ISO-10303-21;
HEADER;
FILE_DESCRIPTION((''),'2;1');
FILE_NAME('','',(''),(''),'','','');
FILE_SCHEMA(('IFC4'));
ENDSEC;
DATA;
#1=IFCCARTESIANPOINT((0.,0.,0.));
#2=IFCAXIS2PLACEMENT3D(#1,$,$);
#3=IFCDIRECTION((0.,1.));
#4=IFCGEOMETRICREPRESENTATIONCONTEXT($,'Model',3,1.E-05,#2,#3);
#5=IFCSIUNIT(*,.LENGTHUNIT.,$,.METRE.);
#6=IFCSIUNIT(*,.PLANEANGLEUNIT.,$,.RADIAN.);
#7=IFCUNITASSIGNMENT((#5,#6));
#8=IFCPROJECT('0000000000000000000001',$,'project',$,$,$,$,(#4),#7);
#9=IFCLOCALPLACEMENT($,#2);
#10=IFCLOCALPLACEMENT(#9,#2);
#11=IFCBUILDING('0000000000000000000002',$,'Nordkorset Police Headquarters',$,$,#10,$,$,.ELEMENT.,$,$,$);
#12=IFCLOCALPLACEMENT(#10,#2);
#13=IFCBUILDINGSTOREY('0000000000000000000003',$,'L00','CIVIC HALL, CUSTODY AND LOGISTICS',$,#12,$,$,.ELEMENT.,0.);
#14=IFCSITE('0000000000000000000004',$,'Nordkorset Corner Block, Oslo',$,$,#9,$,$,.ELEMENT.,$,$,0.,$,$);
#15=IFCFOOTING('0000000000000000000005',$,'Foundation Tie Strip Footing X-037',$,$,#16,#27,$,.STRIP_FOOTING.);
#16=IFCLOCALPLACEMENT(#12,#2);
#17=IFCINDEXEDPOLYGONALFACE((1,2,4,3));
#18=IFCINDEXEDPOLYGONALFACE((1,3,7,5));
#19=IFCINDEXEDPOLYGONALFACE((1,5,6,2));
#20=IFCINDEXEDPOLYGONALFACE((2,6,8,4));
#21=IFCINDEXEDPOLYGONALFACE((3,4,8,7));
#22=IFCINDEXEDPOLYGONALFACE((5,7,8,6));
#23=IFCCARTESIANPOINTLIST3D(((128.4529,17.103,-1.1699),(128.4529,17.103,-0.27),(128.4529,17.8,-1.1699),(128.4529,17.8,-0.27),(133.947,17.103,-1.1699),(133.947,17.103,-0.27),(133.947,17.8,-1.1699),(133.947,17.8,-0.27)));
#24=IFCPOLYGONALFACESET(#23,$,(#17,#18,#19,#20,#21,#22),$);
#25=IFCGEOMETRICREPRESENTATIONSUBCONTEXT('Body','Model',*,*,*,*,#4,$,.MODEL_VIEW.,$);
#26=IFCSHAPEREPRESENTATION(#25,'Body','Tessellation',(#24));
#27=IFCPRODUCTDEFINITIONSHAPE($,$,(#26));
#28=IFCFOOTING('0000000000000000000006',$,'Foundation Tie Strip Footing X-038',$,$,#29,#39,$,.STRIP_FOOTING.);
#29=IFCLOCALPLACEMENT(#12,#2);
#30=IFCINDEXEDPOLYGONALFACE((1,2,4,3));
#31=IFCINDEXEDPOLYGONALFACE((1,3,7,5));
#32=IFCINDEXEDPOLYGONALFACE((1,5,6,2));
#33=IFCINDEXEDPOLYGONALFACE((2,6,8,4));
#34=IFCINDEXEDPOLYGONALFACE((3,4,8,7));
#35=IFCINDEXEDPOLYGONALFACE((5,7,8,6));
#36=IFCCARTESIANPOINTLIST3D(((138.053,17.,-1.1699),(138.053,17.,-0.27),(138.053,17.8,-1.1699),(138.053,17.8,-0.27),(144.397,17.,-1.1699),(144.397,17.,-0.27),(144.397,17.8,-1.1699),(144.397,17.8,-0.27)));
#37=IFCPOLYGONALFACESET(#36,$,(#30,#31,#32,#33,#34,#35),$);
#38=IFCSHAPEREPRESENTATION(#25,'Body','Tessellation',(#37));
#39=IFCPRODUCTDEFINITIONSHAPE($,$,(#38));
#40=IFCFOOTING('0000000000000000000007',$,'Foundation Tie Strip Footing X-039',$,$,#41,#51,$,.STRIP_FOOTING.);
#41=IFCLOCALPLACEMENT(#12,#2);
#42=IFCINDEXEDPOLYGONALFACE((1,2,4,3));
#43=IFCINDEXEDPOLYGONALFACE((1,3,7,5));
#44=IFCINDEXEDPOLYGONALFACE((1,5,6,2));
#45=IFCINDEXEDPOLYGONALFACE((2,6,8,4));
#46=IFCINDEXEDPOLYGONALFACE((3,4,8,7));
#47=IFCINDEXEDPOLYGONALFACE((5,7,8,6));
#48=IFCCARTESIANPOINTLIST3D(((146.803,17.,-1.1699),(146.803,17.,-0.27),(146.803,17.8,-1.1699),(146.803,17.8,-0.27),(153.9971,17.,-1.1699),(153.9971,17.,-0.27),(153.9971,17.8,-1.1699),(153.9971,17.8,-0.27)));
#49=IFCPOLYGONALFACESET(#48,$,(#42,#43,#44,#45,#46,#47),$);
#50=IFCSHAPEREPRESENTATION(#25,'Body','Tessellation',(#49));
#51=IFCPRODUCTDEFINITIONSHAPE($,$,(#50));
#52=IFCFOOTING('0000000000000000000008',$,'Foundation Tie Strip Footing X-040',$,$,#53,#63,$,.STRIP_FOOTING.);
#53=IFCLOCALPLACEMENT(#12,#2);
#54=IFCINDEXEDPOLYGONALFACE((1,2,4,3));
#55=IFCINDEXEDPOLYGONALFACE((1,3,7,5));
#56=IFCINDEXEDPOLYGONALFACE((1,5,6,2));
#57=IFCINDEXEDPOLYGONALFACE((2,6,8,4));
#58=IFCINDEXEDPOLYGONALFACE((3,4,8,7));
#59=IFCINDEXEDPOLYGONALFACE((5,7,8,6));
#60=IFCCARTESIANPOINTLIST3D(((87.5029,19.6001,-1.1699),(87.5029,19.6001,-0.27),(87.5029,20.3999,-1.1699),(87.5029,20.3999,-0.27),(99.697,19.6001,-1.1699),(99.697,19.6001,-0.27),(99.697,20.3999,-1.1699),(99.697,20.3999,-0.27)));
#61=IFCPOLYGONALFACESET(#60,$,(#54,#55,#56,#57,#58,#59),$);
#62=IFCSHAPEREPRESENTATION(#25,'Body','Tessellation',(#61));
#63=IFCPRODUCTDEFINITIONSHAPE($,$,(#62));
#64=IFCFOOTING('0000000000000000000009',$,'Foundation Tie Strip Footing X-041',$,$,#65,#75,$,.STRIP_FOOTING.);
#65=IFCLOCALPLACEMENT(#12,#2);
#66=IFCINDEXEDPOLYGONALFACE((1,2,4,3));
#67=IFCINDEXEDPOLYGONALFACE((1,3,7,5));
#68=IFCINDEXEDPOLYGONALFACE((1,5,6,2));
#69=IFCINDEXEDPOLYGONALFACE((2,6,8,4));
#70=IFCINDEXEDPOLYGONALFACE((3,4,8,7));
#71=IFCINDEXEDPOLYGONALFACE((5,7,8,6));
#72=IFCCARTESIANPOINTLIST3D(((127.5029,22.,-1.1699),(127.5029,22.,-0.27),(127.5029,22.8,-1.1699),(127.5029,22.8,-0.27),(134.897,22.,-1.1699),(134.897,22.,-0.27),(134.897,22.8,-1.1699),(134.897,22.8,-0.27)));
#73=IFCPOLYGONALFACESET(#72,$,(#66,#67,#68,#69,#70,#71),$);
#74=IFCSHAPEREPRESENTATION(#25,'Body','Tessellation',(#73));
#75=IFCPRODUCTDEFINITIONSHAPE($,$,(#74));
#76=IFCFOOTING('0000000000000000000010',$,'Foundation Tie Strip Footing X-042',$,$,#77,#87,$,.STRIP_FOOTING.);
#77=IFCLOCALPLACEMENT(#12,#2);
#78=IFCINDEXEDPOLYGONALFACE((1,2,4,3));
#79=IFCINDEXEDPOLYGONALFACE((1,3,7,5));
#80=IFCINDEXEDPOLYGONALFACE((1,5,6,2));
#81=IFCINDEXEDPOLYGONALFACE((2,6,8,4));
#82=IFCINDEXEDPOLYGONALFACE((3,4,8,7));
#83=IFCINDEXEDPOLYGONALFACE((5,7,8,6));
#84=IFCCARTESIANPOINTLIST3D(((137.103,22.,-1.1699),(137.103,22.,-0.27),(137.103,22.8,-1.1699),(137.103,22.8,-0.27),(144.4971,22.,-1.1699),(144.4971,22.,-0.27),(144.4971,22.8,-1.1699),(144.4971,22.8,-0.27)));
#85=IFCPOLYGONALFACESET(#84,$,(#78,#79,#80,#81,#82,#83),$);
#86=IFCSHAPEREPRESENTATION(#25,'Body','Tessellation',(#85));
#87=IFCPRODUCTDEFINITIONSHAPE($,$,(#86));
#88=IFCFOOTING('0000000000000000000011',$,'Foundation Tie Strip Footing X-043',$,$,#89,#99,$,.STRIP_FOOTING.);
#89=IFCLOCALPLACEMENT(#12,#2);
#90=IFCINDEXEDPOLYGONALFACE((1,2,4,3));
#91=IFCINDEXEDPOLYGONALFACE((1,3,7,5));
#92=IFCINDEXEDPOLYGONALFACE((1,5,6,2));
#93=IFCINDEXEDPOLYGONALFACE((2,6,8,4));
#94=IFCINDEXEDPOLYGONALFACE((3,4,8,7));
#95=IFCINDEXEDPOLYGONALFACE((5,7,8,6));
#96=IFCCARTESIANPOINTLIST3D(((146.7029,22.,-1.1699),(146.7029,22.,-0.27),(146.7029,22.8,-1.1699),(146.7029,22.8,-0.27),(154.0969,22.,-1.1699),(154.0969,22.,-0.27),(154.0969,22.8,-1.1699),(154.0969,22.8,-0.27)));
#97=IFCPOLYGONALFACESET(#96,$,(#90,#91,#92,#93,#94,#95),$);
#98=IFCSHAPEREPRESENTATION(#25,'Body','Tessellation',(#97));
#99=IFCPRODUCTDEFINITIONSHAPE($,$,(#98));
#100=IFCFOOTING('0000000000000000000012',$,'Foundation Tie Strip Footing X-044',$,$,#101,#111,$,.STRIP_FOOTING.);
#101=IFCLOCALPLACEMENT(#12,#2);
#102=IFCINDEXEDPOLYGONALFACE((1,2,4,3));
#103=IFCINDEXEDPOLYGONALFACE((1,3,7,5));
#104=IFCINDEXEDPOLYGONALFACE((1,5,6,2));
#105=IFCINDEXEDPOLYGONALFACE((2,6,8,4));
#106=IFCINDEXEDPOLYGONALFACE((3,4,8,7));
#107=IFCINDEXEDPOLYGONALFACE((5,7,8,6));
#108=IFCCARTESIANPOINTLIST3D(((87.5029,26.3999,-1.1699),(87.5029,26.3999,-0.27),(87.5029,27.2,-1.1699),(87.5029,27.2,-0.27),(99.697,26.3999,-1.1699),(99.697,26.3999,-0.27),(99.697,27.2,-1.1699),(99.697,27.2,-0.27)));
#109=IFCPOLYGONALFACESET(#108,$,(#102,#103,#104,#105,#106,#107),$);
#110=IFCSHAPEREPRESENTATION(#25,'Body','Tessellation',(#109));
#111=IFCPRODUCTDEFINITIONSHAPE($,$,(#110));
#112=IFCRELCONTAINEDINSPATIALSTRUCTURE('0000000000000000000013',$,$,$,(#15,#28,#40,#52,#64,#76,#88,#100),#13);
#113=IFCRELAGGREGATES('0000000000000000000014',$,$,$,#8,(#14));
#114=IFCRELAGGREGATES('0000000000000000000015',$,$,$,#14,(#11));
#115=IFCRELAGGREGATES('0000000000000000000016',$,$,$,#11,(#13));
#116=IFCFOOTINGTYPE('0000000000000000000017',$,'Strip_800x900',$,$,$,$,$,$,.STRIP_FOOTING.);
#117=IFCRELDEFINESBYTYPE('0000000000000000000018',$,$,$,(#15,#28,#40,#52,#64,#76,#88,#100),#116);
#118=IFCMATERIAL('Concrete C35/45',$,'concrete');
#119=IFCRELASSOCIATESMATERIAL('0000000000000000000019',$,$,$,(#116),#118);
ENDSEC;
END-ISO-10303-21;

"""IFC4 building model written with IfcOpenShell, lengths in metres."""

from ifc_helpers import new_model, si_unit, direction, frame, origin, place, context, subcontext, project, spatial, polyline, outline, extrude, material, type_object, element, save


model = new_model("IFC4")

# Units and contexts
model_context = context("Model", 3, precision=1e-05, world=origin(), true_north=direction((0.0, 1.0)))
body_context = subcontext(model_context, "Body", "Model", "MODEL_VIEW")
ifc_project = project(units=[si_unit("LENGTHUNIT", "METRE"), si_unit("PLANEANGLEUNIT", "RADIAN")], contexts=[model_context])

# Site, building, storey
site_placement = place(None, origin())
site = spatial("IfcSite", under=ifc_project, at=site_placement, Name="Nordkorset Corner Block, Oslo", CompositionType="ELEMENT", RefElevation=0.0)
building_placement = place(site_placement, origin())
building = spatial("IfcBuilding", under=site, at=building_placement, Name="Nordkorset Police Headquarters", CompositionType="ELEMENT")
storey_placement = place(building_placement, origin())
storey = spatial("IfcBuildingStorey", under=building, at=storey_placement, Name="L00", Description="CIVIC HALL, CUSTODY AND LOGISTICS", CompositionType="ELEMENT", Elevation=0.0)

# Footings
ifc_material = material(Name="Concrete C35/45", Category="concrete")
footing_type = type_object("IfcFootingType", Name="Strip_800x900", PredefinedType="STRIP_FOOTING", material=ifc_material)
footing_1_placement = place(storey_placement, frame((0.0, 0.0, -1.1699)))
element("IfcFooting", 1, at=footing_1_placement, inside=storey, type_object=footing_type, Name="Foundation Tie Strip Footing X-037", PredefinedType="STRIP_FOOTING", context=body_context, shape_type="SweptSolid", body=[
    extrude(outline(polyline([(128.4529, 17.103), (133.947, 17.103), (133.947, 17.8), (128.4529, 17.8), (128.4529, 17.103)])), origin(), (0.0, 0.0, 1.0), 0.8999),
])
footing_2_placement = place(storey_placement, frame((0.0, 0.0, -1.1699)))
element("IfcFooting", 2, at=footing_2_placement, inside=storey, type_object=footing_type, Name="Foundation Tie Strip Footing X-038", PredefinedType="STRIP_FOOTING", context=body_context, shape_type="SweptSolid", body=[
    extrude(outline(polyline([(138.053, 17.0), (144.397, 17.0), (144.397, 17.8), (138.053, 17.8), (138.053, 17.0)])), origin(), (0.0, 0.0, 1.0), 0.8999),
])
footing_3_placement = place(storey_placement, frame((0.0, 0.0, -1.1699)))
element("IfcFooting", 3, at=footing_3_placement, inside=storey, type_object=footing_type, Name="Foundation Tie Strip Footing X-039", PredefinedType="STRIP_FOOTING", context=body_context, shape_type="SweptSolid", body=[
    extrude(outline(polyline([(146.803, 17.0), (153.9971, 17.0), (153.9971, 17.8), (146.803, 17.8), (146.803, 17.0)])), origin(), (0.0, 0.0, 1.0), 0.8999),
])
footing_4_placement = place(storey_placement, frame((0.0, 0.0, -1.1699)))
element("IfcFooting", 4, at=footing_4_placement, inside=storey, type_object=footing_type, Name="Foundation Tie Strip Footing X-040", PredefinedType="STRIP_FOOTING", context=body_context, shape_type="SweptSolid", body=[
    extrude(outline(polyline([(87.5029, 19.6001), (99.697, 19.6001), (99.697, 20.3999), (87.5029, 20.3999), (87.5029, 19.6001)])), origin(), (0.0, 0.0, 1.0), 0.8999),
])
footing_5_placement = place(storey_placement, frame((0.0, 0.0, -1.1699)))
element("IfcFooting", 5, at=footing_5_placement, inside=storey, type_object=footing_type, Name="Foundation Tie Strip Footing X-041", PredefinedType="STRIP_FOOTING", context=body_context, shape_type="SweptSolid", body=[
    extrude(outline(polyline([(127.5029, 22.0), (134.897, 22.0), (134.897, 22.8), (127.5029, 22.8), (127.5029, 22.0)])), origin(), (0.0, 0.0, 1.0), 0.8999),
])
footing_6_placement = place(storey_placement, frame((0.0, 0.0, -1.1699)))
element("IfcFooting", 6, at=footing_6_placement, inside=storey, type_object=footing_type, Name="Foundation Tie Strip Footing X-042", PredefinedType="STRIP_FOOTING", context=body_context, shape_type="SweptSolid", body=[
    extrude(outline(polyline([(137.103, 22.0), (144.4971, 22.0), (144.4971, 22.8), (137.103, 22.8), (137.103, 22.0)])), origin(), (0.0, 0.0, 1.0), 0.8999),
])
footing_7_placement = place(storey_placement, frame((0.0, 0.0, -1.1699)))
element("IfcFooting", 7, at=footing_7_placement, inside=storey, type_object=footing_type, Name="Foundation Tie Strip Footing X-043", PredefinedType="STRIP_FOOTING", context=body_context, shape_type="SweptSolid", body=[
    extrude(outline(polyline([(146.7029, 22.0), (154.0969, 22.0), (154.0969, 22.8), (146.7029, 22.8), (146.7029, 22.0)])), origin(), (0.0, 0.0, 1.0), 0.8999),
])
footing_8_placement = place(storey_placement, frame((0.0, 0.0, -1.1699)))
element("IfcFooting", 8, at=footing_8_placement, inside=storey, type_object=footing_type, Name="Foundation Tie Strip Footing X-044", PredefinedType="STRIP_FOOTING", context=body_context, shape_type="SweptSolid", body=[
    extrude(outline(polyline([(87.5029, 26.3999), (99.697, 26.3999), (99.697, 27.2), (87.5029, 27.2), (87.5029, 26.3999)])), origin(), (0.0, 0.0, 1.0), 0.8999),
])

save(model, "model.ifc")
